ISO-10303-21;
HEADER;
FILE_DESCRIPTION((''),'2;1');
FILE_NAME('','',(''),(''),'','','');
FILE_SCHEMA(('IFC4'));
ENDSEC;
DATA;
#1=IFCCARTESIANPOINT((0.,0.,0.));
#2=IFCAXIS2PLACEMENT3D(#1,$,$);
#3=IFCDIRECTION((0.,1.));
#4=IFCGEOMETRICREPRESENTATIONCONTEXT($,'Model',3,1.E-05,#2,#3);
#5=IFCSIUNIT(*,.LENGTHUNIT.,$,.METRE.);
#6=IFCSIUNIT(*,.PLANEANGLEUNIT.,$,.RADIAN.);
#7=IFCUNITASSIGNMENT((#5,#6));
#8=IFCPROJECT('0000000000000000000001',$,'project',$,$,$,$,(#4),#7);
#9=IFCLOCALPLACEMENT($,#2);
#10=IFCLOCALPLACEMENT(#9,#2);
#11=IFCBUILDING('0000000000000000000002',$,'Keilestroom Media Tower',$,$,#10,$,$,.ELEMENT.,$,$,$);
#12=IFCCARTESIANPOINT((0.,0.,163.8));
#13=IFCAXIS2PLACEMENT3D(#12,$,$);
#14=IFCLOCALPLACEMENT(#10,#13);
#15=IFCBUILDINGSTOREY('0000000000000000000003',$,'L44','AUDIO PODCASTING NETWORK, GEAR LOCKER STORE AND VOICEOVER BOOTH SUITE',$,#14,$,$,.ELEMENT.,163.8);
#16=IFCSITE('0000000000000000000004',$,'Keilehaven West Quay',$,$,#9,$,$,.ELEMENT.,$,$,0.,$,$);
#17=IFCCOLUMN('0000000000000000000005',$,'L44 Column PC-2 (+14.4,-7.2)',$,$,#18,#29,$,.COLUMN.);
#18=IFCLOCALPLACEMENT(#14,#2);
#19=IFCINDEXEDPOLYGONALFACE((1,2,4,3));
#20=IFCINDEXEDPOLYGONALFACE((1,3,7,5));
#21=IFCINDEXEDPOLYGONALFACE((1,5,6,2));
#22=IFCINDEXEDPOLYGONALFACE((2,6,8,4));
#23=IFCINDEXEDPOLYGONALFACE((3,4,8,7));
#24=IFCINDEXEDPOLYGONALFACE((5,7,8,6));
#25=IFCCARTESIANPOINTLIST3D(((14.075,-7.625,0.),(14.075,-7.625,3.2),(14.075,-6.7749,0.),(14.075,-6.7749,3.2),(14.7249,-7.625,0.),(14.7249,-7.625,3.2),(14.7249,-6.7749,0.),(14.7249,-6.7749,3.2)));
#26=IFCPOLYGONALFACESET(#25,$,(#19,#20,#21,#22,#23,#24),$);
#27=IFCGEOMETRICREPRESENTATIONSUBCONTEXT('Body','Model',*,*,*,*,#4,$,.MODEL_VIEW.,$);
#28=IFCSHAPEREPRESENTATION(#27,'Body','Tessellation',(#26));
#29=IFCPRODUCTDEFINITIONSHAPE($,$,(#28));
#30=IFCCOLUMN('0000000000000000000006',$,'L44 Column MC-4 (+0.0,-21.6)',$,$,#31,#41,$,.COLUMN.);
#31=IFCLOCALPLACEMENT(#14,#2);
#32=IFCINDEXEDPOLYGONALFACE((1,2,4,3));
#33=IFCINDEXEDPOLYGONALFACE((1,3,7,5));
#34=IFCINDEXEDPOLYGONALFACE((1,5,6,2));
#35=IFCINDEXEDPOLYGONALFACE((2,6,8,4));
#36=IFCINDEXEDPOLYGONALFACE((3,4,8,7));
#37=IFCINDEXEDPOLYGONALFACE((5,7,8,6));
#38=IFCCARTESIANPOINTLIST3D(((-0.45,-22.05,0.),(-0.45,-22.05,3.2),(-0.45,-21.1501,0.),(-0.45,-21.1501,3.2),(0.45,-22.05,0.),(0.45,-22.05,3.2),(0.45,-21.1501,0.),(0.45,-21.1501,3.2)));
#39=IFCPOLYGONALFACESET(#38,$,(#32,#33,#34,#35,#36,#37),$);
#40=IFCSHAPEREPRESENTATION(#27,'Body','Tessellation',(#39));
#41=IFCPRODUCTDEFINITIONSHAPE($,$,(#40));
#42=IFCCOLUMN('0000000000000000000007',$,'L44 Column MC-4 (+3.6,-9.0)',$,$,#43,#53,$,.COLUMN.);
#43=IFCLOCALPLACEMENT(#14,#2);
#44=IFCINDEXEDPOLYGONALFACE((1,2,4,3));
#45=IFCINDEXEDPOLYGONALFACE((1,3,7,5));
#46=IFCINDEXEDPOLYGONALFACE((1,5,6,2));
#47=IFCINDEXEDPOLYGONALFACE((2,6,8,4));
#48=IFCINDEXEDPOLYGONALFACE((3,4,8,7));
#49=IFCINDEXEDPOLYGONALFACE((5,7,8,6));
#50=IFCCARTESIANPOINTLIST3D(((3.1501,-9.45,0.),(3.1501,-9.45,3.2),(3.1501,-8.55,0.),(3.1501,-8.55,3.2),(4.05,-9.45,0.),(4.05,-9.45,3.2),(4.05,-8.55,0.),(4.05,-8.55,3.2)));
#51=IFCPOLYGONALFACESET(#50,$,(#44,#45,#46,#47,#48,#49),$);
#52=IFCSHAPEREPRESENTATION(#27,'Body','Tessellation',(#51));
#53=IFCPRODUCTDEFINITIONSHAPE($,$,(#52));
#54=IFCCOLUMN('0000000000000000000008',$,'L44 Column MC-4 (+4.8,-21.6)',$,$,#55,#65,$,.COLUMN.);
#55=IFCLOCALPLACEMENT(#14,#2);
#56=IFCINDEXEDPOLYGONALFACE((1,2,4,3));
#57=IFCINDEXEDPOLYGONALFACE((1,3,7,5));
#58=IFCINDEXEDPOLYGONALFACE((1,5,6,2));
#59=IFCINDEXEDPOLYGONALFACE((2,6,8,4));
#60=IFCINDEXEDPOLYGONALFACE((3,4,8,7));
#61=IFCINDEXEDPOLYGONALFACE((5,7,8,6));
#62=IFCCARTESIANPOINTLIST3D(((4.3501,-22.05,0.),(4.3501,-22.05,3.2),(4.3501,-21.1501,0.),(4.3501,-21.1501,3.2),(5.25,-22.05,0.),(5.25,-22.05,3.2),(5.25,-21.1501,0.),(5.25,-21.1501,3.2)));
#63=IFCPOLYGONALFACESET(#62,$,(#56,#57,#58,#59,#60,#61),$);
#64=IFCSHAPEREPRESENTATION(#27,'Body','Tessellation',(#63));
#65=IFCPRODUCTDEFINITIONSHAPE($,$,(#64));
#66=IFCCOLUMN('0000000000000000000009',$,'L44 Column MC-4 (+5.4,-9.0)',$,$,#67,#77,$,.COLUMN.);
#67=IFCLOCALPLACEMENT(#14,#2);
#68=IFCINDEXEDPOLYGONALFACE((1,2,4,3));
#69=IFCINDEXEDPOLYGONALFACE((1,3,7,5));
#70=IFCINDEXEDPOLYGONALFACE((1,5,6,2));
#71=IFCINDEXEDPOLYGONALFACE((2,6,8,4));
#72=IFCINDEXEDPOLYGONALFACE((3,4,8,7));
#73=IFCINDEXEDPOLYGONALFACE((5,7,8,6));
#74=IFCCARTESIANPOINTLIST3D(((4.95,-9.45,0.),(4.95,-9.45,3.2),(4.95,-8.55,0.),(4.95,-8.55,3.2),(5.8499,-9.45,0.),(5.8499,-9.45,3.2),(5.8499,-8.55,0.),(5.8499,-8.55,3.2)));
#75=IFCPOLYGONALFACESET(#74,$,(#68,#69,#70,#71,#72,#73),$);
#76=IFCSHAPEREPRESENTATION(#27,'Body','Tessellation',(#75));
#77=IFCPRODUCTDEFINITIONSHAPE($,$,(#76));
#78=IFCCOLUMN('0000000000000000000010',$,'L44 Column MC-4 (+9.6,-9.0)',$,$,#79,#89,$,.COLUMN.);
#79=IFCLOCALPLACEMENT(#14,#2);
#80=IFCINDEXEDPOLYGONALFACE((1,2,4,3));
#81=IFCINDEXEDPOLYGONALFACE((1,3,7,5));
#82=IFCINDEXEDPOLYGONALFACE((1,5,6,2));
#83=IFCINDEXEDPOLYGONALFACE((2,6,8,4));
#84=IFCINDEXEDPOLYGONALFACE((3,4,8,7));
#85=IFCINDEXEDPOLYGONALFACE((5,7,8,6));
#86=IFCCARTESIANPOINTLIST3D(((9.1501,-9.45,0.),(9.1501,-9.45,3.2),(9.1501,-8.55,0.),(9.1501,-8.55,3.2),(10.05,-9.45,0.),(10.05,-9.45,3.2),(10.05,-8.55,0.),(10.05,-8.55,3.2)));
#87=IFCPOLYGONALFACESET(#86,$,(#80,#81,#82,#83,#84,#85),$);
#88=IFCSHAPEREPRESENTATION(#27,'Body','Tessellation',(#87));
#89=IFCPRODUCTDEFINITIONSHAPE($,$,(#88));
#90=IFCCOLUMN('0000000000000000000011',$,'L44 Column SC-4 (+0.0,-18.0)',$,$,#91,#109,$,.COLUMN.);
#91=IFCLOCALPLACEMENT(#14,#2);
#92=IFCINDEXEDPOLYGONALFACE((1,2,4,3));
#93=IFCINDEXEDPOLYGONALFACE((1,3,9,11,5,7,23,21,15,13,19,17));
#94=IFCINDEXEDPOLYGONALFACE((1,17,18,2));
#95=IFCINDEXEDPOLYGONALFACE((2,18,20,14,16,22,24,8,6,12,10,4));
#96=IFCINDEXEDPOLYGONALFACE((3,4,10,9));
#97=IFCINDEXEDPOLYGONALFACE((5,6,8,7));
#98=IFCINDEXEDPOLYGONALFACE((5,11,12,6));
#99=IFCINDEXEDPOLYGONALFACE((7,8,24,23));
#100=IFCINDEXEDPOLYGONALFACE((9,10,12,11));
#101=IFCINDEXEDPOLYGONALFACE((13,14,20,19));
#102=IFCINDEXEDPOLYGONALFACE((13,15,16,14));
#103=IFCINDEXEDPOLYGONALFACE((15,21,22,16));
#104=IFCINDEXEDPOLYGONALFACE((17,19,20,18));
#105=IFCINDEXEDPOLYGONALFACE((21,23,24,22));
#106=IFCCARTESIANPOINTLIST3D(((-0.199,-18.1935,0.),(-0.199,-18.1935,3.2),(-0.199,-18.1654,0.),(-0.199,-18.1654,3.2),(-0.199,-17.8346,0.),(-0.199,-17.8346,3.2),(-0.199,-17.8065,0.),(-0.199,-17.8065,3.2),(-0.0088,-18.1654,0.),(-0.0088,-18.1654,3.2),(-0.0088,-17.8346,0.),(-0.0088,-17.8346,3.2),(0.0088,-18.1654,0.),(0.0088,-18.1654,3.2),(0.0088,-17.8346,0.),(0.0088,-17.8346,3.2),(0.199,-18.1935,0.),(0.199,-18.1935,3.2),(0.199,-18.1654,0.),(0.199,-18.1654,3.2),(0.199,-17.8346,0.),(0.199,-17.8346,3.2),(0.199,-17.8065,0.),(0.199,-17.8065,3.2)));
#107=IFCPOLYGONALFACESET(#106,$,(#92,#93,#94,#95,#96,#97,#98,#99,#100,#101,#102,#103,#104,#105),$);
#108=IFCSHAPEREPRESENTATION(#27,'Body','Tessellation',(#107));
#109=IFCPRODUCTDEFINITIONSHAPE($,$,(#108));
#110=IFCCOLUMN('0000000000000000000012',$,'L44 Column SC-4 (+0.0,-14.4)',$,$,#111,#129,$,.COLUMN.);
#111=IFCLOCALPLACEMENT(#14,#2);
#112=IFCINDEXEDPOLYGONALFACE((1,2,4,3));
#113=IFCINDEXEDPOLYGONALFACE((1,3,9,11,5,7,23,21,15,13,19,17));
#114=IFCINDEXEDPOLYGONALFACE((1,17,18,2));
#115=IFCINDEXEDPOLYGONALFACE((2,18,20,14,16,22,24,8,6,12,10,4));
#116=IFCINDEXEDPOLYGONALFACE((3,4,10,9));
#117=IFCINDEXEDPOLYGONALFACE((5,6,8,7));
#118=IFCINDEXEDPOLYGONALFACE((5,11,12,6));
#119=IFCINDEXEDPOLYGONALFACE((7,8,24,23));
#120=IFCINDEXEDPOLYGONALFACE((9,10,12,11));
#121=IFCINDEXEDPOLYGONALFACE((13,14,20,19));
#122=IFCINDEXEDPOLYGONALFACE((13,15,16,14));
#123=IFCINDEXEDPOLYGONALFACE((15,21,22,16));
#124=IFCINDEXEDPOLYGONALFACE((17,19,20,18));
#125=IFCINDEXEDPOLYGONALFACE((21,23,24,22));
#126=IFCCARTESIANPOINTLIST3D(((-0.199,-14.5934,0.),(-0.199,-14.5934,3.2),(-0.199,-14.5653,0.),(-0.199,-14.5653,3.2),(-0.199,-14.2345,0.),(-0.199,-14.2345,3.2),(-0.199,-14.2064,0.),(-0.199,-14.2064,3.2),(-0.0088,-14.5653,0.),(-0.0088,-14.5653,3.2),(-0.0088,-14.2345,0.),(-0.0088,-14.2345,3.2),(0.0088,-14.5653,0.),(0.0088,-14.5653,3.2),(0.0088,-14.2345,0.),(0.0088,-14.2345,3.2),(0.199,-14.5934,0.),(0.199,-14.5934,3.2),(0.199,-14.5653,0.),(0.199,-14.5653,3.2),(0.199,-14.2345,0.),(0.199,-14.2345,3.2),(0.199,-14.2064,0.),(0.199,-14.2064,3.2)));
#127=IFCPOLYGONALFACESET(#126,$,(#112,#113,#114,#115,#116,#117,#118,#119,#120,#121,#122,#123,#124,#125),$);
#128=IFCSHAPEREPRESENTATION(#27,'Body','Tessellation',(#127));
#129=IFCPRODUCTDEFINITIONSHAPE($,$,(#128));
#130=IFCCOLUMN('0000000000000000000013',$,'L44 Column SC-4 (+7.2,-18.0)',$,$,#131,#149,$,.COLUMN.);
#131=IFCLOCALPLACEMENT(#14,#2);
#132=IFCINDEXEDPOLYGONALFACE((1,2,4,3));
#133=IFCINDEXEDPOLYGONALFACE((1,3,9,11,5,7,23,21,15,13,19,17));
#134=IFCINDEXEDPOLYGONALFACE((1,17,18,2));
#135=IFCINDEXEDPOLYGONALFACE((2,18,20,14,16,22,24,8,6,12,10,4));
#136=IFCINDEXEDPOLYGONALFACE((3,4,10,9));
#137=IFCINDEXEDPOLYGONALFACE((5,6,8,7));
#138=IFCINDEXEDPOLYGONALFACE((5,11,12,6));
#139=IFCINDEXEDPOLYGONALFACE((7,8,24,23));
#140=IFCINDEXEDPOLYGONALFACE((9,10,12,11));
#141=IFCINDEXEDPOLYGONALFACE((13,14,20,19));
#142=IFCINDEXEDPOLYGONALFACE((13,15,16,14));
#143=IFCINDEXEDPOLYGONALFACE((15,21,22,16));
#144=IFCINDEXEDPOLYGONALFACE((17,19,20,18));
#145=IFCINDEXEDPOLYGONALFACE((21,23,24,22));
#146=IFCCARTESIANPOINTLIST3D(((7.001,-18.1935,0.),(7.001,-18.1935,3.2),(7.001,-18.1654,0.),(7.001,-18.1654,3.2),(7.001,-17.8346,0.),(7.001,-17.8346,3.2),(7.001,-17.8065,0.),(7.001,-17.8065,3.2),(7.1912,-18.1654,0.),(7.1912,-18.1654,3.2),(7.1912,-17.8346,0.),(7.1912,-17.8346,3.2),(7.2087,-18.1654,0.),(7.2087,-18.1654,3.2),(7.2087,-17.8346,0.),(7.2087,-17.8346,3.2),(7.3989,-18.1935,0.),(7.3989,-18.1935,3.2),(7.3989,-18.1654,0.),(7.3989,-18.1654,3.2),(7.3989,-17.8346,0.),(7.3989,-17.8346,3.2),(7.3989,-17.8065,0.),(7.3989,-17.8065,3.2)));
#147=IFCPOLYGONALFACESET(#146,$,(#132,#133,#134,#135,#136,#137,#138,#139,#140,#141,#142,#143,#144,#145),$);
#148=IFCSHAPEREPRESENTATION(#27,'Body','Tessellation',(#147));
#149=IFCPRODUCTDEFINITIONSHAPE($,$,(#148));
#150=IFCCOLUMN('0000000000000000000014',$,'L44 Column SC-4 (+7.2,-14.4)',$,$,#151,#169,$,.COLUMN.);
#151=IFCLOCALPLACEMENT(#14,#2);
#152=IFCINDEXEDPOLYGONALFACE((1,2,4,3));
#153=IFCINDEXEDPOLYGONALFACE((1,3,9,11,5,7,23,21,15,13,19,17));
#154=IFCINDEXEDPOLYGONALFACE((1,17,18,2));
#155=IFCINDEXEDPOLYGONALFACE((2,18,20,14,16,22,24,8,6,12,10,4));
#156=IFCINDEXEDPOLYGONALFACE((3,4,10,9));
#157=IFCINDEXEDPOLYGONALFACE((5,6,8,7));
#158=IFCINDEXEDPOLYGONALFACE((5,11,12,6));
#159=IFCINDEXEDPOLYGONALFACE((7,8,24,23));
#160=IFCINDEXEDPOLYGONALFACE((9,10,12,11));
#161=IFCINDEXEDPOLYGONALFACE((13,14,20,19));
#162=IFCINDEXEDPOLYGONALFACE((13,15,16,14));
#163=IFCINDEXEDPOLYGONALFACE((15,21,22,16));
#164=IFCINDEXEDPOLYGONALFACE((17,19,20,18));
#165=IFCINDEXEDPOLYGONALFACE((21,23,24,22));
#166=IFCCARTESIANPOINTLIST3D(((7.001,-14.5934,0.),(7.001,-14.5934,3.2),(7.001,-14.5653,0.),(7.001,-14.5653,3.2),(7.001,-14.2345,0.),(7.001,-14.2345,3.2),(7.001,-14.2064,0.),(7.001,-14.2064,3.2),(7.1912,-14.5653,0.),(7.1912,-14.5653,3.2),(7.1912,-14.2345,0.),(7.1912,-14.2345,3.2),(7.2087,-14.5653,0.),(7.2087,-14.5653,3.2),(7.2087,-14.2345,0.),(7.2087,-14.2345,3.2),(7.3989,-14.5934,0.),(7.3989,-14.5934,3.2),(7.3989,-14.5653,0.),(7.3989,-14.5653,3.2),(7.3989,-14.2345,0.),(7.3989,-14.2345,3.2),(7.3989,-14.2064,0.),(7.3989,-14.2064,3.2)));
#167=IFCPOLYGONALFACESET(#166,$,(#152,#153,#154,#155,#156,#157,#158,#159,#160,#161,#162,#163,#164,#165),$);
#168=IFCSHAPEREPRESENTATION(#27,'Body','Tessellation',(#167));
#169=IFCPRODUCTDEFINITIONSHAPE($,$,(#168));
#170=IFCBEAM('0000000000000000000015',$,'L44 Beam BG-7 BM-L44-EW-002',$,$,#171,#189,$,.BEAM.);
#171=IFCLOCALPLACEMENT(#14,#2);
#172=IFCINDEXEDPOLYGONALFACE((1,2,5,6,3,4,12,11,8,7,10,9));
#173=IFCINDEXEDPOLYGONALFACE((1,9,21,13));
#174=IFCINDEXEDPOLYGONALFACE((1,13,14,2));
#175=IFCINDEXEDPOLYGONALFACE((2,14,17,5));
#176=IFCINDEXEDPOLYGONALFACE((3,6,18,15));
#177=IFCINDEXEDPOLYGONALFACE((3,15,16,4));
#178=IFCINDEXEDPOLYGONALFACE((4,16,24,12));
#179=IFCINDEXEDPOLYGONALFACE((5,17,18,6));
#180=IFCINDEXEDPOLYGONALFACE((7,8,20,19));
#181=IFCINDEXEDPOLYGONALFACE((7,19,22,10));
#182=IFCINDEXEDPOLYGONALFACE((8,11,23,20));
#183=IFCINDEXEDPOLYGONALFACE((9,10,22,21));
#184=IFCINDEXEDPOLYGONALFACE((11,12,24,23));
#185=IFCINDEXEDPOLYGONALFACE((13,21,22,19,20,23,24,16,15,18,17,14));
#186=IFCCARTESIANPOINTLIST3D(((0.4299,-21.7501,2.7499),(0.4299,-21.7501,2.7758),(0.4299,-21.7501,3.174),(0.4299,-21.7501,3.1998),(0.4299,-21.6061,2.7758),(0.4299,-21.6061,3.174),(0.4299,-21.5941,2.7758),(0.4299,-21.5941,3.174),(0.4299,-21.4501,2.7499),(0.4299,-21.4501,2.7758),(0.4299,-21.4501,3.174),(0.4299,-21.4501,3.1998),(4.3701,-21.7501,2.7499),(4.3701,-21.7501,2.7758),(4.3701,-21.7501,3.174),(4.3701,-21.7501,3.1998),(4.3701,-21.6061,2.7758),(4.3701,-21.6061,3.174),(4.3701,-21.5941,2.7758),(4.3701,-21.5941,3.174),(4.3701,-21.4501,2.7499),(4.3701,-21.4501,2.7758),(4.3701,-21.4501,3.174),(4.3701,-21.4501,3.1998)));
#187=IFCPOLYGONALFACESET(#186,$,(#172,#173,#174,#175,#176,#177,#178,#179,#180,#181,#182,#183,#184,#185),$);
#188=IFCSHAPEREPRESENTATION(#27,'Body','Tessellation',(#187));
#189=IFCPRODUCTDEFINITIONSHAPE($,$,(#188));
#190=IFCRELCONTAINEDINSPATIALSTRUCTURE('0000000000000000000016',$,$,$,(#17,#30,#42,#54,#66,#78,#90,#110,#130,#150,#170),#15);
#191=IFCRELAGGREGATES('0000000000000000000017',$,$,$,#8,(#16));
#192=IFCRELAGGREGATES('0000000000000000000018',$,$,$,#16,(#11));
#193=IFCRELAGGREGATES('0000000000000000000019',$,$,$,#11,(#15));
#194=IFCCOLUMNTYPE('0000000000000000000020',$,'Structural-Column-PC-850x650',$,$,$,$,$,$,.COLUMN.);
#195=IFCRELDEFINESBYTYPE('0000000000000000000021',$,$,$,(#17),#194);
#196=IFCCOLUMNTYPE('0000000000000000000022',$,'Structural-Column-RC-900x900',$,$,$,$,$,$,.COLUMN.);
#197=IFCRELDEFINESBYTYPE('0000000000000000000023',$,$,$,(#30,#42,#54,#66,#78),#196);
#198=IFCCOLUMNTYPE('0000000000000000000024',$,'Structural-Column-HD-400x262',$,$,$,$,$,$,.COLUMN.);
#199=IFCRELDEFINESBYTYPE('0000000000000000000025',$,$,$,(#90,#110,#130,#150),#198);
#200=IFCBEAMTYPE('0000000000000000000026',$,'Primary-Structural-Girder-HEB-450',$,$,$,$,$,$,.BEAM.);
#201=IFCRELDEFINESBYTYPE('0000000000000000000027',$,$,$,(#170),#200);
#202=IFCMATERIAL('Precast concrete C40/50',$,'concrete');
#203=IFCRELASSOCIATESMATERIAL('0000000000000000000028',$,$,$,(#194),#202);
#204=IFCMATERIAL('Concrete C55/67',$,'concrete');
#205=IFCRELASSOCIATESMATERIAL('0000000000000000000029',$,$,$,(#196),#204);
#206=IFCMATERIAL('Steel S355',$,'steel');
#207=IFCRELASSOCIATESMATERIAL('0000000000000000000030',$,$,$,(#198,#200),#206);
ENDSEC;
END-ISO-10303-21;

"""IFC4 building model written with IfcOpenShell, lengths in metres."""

from ifc_helpers import new_model, si_unit, direction, frame, origin, origin_2d, place, context, subcontext, project, spatial, rectangle, i_section, extrude, source, transform, mapped, material, material_profile, profile_set, type_object, element, save


model = new_model("IFC4")

# Units and contexts
model_context = context("Model", 3, precision=1e-05, world=origin(), true_north=direction((0.0, 1.0)))
body_context = subcontext(model_context, "Body", "Model", "MODEL_VIEW")
ifc_project = project(units=[si_unit("LENGTHUNIT", "METRE"), si_unit("PLANEANGLEUNIT", "RADIAN")], contexts=[model_context])

# Site, building, storey
site_placement = place(None, origin())
site = spatial("IfcSite", under=ifc_project, at=site_placement, Name="Keilehaven West Quay", CompositionType="ELEMENT", RefElevation=0.0)
building_placement = place(site_placement, origin())
building = spatial("IfcBuilding", under=site, at=building_placement, Name="Keilestroom Media Tower", CompositionType="ELEMENT")
storey_placement = place(building_placement, frame((0.0, 0.0, 163.8)))
storey = spatial("IfcBuildingStorey", under=building, at=storey_placement, Name="L44", Description="AUDIO PODCASTING NETWORK, GEAR LOCKER STORE AND VOICEOVER BOOTH SUITE", CompositionType="ELEMENT", Elevation=163.8)

# Columns
ifc_material_1 = material(Name="Precast concrete C40/50", Category="concrete")
ifc_material_profile_1 = material_profile(ifc_material_1, rectangle(XDim=0.6499, YDim=0.8501, at=origin_2d()), Name="PC 850x650")
ifc_profile_set_1 = profile_set([ifc_material_profile_1], Name="Precast concrete C40/50")
column_type_1 = type_object("IfcColumnType", Name="Structural-Column-PC-850x650", PredefinedType="COLUMN", material=ifc_profile_set_1)
shared_shape_1 = source(origin(), body_context, "Body", "SweptSolid", [
    extrude(rectangle(XDim=0.6499, YDim=0.8501, at=origin_2d()), origin(), (0.0, 0.0, 1.0), 3.2),
])
column_placement = place(storey_placement, frame((14.3999, -7.2, 0.0), z_axis=(0.0, 0.0, 1.0), x_axis=(1.0, 0.0, 0.0)))
element("IfcColumn", 1, at=column_placement, inside=storey, type_object=column_type_1, Name="L44 Column PC-2 (+14.4,-7.2)", PredefinedType="COLUMN", context=body_context, shape_type="MappedRepresentation", body=[
    mapped(shared_shape_1, transform((0.0, 0.0, 0.0), x_axis=(1.0, 0.0, 0.0), y_axis=(0.0, 1.0, 0.0), z_axis=(0.0, 0.0, 1.0), scale=1.0)),
])
ifc_material_2 = material(Name="Concrete C55/67", Category="concrete")
ifc_material_profile_2 = material_profile(ifc_material_2, rectangle(XDim=0.8999, YDim=0.8999, at=origin_2d()), Name="RC 900x900")
ifc_profile_set_2 = profile_set([ifc_material_profile_2], Name="Concrete C55/67")
column_type_2 = type_object("IfcColumnType", Name="Structural-Column-RC-900x900", PredefinedType="COLUMN", material=ifc_profile_set_2)
shared_shape_2 = source(origin(), body_context, "Body", "SweptSolid", [
    extrude(rectangle(XDim=0.8999, YDim=0.8999, at=origin_2d()), origin(), (0.0, 0.0, 1.0), 3.2),
])
for number, where, z_axis, x_axis, name in (
    (2, (0.0, -21.6001, 0.0), (0.0, 0.0, 1.0), (1.0, 0.0, 0.0), "L44 Column MC-4 (+0.0,-21.6)"),
    (3, (3.6001, -9.0, 0.0), (0.0, 0.0, 1.0), (1.0, 0.0, 0.0), "L44 Column MC-4 (+3.6,-9.0)"),
    (4, (4.8, -21.6001, 0.0), (0.0, 0.0, 1.0), (1.0, 0.0, 0.0), "L44 Column MC-4 (+4.8,-21.6)"),
    (5, (5.3999, -9.0, 0.0), (0.0, 0.0, 1.0), (1.0, 0.0, 0.0), "L44 Column MC-4 (+5.4,-9.0)"),
    (6, (9.6001, -9.0, 0.0), (0.0, 0.0, 1.0), (1.0, 0.0, 0.0), "L44 Column MC-4 (+9.6,-9.0)"),
):
    element("IfcColumn", number, at=place(storey_placement, frame(where, z_axis=z_axis, x_axis=x_axis)), inside=storey, type_object=column_type_2, Name=name, PredefinedType="COLUMN", context=body_context, shape_type="MappedRepresentation", body=[
        mapped(shared_shape_2, transform((0.0, 0.0, 0.0), x_axis=(1.0, 0.0, 0.0), y_axis=(0.0, 1.0, 0.0), z_axis=(0.0, 0.0, 1.0), scale=1.0)),
    ])
ifc_material_3 = material(Name="Steel S355", Category="steel")
ifc_material_profile_3 = material_profile(ifc_material_3, i_section(OverallWidth=0.3979, OverallDepth=0.387, WebThickness=0.0176, FlangeThickness=0.0281, at=origin_2d()), Name="HD 400x262")
ifc_profile_set_3 = profile_set([ifc_material_profile_3], Name="Steel S355")
column_type_3 = type_object("IfcColumnType", Name="Structural-Column-HD-400x262", PredefinedType="COLUMN", material=ifc_profile_set_3)
shared_shape_3 = source(origin(), body_context, "Body", "SweptSolid", [
    extrude(i_section(OverallWidth=0.3979, OverallDepth=0.387, WebThickness=0.0176, FlangeThickness=0.0281, at=origin_2d()), origin(), (0.0, 0.0, 1.0), 3.2),
])
for number, where, z_axis, x_axis, name in (
    (7, (0.0, -18.0, 0.0), (0.0, 0.0, 1.0), (1.0, 0.0, 0.0), "L44 Column SC-4 (+0.0,-18.0)"),
    (8, (0.0, -14.3999, 0.0), (0.0, 0.0, 1.0), (1.0, 0.0, 0.0), "L44 Column SC-4 (+0.0,-14.4)"),
    (9, (7.2, -18.0, 0.0), (0.0, 0.0, 1.0), (1.0, 0.0, 0.0), "L44 Column SC-4 (+7.2,-18.0)"),
    (10, (7.2, -14.3999, 0.0), (0.0, 0.0, 1.0), (1.0, 0.0, 0.0), "L44 Column SC-4 (+7.2,-14.4)"),
):
    element("IfcColumn", number, at=place(storey_placement, frame(where, z_axis=z_axis, x_axis=x_axis)), inside=storey, type_object=column_type_3, Name=name, PredefinedType="COLUMN", context=body_context, shape_type="MappedRepresentation", body=[
        mapped(shared_shape_3, transform((0.0, 0.0, 0.0), x_axis=(1.0, 0.0, 0.0), y_axis=(0.0, 1.0, 0.0), z_axis=(0.0, 0.0, 1.0), scale=1.0)),
    ])

# Beam
ifc_material_profile_4 = material_profile(ifc_material_3, i_section(OverallWidth=0.3, OverallDepth=0.45, WebThickness=0.012, FlangeThickness=0.0259, at=origin_2d()), Name="HEB 450")
ifc_profile_set_4 = profile_set([ifc_material_profile_4], Name="Steel S355")
beam_type_1 = type_object("IfcBeamType", Name="Primary-Structural-Girder-HEB-450", PredefinedType="BEAM", material=ifc_profile_set_4)
shared_shape_4 = source(origin(), body_context, "Body", "SweptSolid", [
    extrude(i_section(OverallWidth=0.3, OverallDepth=0.45, WebThickness=0.012, FlangeThickness=0.0259, at=origin_2d()), origin(), (0.0, 0.0, 1.0), 3.9402),
])
beam_1_placement = place(storey_placement, frame((0.4299, -21.6001, 2.9749), z_axis=(1.0, 0.0, 0.0), x_axis=(0.0, 1.0, 0.0)))
element("IfcBeam", 11, at=beam_1_placement, inside=storey, type_object=beam_type_1, Name="L44 Beam BG-7 BM-L44-EW-002", PredefinedType="BEAM", context=body_context, shape_type="MappedRepresentation", body=[
    mapped(shared_shape_4, transform((0.0, 0.0, 0.0), x_axis=(1.0, 0.0, 0.0), y_axis=(0.0, 1.0, 0.0), z_axis=(0.0, 0.0, 1.0), scale=1.0)),
])

save(model, "model.ifc")
